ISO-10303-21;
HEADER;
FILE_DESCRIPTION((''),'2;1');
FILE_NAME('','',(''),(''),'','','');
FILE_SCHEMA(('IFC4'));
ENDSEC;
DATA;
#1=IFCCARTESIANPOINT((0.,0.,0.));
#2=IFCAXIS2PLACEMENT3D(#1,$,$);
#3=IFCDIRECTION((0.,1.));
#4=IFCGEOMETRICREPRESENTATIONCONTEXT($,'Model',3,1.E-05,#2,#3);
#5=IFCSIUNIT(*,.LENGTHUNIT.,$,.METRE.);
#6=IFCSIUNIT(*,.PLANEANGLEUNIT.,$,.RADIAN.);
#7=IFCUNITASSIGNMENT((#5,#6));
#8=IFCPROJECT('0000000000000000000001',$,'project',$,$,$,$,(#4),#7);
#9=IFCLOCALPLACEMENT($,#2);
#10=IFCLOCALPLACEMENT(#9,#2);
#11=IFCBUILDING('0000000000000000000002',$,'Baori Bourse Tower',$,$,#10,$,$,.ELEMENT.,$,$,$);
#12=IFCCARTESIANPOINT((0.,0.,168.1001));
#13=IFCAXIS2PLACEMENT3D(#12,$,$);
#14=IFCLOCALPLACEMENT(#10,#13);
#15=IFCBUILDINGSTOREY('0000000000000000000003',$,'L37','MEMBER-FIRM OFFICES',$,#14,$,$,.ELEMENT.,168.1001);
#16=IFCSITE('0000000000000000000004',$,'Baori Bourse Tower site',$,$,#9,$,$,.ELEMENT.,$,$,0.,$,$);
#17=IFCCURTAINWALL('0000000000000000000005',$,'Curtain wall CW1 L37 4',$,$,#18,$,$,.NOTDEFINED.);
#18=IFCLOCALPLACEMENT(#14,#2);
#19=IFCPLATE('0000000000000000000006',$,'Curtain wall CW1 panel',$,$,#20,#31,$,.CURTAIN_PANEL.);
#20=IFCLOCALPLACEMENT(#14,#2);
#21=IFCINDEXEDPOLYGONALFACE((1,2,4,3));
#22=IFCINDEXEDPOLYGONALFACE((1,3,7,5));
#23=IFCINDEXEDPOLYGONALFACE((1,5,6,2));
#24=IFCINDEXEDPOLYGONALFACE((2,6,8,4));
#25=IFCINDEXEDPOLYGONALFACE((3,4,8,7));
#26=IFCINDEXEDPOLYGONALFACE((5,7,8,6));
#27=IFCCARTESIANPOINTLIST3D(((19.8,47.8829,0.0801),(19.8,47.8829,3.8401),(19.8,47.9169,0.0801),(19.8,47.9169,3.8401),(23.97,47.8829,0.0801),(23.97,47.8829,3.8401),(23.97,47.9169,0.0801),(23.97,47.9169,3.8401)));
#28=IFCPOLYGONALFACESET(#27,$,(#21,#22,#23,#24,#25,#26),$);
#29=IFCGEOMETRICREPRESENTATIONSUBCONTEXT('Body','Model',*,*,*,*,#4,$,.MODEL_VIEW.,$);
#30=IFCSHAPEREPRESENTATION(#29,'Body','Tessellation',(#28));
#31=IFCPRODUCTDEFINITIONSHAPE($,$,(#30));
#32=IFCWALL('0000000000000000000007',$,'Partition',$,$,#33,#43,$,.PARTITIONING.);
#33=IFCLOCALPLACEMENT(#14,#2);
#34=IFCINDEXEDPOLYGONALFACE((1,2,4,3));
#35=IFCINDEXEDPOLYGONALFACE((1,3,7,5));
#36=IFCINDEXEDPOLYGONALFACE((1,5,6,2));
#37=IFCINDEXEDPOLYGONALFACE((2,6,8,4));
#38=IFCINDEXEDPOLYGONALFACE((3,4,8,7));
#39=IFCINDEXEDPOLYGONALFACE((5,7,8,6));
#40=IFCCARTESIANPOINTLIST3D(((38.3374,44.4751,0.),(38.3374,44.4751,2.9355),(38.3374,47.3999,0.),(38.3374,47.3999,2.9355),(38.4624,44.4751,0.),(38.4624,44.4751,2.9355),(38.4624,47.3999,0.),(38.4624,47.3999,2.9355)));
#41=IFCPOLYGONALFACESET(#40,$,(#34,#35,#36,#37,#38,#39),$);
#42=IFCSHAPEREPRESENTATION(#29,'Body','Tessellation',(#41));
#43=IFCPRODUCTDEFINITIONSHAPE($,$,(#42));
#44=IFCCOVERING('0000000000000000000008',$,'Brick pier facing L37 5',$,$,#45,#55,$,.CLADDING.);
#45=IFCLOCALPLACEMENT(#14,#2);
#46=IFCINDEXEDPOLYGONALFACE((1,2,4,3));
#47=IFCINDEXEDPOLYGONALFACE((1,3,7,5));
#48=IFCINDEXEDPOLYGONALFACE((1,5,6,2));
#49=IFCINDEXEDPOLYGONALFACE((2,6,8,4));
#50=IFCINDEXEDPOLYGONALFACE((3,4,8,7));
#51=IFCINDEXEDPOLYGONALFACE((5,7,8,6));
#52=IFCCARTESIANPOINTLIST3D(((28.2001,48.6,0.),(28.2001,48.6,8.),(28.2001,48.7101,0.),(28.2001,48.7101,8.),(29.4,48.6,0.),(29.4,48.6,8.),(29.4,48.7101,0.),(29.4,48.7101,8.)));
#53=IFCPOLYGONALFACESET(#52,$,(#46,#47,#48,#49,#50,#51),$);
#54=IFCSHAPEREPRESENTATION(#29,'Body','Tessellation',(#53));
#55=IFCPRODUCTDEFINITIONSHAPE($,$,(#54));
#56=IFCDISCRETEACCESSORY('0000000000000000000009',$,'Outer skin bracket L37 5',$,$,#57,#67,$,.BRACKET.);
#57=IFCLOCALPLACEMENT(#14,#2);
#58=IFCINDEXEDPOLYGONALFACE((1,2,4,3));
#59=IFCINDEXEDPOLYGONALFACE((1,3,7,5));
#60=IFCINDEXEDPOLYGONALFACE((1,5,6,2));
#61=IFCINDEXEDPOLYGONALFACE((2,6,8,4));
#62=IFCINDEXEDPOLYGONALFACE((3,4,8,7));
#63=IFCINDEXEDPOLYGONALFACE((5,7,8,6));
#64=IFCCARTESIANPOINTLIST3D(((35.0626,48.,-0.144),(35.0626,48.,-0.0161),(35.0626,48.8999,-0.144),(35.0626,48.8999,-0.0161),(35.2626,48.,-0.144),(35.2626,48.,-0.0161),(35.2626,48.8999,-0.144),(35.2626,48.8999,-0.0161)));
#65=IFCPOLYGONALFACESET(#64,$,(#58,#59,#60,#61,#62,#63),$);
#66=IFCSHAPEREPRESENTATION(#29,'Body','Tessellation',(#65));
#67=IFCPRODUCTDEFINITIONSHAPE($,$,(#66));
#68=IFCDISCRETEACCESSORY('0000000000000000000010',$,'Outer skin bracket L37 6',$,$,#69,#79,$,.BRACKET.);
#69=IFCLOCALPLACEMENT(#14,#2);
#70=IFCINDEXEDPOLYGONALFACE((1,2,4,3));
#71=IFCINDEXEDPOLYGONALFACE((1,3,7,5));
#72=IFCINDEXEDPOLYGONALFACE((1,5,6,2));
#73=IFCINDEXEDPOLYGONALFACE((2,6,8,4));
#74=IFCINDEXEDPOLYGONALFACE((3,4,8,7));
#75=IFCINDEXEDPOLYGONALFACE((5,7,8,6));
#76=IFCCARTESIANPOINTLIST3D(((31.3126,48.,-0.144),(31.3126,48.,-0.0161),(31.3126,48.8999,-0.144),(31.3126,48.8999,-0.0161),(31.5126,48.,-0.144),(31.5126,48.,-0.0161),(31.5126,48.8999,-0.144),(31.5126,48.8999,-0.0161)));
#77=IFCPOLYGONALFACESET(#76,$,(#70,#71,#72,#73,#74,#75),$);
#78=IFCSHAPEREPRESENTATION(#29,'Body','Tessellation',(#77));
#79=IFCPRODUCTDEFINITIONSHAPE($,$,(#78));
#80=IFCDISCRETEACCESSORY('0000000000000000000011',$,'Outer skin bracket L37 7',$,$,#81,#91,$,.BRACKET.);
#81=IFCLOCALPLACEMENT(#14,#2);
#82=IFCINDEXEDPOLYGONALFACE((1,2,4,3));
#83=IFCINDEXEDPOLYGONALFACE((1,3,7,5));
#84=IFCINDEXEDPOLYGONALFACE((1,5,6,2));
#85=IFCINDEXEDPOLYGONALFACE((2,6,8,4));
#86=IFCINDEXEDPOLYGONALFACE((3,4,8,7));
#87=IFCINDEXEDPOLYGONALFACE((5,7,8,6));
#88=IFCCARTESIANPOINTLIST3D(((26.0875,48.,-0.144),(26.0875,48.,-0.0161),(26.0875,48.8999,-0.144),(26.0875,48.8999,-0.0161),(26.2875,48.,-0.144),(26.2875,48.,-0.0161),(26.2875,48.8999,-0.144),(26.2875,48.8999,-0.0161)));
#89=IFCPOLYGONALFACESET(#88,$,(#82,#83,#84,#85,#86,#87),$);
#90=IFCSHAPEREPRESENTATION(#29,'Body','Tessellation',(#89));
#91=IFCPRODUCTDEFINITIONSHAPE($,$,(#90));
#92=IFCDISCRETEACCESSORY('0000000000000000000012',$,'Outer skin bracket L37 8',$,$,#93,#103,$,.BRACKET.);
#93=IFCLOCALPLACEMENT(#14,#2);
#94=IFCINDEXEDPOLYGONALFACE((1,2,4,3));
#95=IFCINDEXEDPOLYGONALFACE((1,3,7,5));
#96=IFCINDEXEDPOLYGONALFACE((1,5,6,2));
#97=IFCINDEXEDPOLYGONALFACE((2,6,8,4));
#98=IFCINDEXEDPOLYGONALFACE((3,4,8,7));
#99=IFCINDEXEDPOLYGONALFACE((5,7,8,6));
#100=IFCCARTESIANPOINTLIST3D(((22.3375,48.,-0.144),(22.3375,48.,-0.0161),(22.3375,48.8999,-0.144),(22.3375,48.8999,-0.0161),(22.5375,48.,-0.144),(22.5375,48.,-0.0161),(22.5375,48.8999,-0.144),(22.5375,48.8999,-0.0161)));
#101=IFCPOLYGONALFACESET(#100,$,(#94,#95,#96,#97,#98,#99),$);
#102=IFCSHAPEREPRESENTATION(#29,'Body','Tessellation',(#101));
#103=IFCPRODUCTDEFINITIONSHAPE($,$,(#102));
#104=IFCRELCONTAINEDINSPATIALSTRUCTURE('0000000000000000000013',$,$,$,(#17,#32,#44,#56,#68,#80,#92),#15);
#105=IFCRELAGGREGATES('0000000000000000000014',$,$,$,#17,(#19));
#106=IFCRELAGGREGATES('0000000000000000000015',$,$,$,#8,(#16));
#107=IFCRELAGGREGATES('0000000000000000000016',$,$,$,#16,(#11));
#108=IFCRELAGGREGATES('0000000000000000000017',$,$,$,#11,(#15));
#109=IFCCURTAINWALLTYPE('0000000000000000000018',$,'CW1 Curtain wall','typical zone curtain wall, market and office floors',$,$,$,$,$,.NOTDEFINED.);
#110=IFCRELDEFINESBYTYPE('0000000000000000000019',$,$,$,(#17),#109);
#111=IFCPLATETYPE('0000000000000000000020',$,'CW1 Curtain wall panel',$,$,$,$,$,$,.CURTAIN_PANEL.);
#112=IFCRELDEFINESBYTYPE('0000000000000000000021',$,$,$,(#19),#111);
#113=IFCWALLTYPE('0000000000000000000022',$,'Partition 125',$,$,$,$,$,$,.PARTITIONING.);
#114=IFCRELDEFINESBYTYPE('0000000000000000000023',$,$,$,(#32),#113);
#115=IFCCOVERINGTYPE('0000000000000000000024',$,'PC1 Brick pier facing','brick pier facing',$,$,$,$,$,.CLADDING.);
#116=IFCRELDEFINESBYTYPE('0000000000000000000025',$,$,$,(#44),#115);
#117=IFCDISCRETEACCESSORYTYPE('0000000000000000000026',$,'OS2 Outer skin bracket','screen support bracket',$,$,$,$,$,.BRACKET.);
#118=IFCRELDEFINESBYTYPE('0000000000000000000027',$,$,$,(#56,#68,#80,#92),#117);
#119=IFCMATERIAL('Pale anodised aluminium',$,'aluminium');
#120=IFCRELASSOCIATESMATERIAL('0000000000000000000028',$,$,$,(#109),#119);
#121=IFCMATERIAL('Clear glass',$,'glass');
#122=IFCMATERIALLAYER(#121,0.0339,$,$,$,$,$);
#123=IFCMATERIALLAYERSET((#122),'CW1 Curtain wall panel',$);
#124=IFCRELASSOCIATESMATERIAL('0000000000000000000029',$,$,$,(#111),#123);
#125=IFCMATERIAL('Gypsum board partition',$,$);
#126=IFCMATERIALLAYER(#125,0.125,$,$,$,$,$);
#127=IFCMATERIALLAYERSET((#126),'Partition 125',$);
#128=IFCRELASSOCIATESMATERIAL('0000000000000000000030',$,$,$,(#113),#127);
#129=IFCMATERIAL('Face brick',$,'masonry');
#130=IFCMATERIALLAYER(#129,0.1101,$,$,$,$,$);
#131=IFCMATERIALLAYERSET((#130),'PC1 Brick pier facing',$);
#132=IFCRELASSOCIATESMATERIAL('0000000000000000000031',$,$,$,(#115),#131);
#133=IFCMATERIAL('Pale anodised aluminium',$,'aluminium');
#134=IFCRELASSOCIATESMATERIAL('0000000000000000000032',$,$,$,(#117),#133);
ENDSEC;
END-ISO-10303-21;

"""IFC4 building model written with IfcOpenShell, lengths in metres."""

from ifc_helpers import new_model, si_unit, direction, frame, frame_2d, origin, origin_2d, place, context, subcontext, project, spatial, rectangle, extrude, material, layer, layer_set, type_object, element, aggregate, save


model = new_model("IFC4")

# Units and contexts
model_context = context("Model", 3, precision=1e-05, world=origin(), true_north=direction((0.0, 1.0)))
body_context = subcontext(model_context, "Body", "Model", "MODEL_VIEW")
ifc_project = project(units=[si_unit("LENGTHUNIT", "METRE"), si_unit("PLANEANGLEUNIT", "RADIAN")], contexts=[model_context])

# Site, building, storey
site_placement = place(None, origin())
site = spatial("IfcSite", under=ifc_project, at=site_placement, Name="Baori Bourse Tower site", CompositionType="ELEMENT", RefElevation=0.0)
building_placement = place(site_placement, origin())
building = spatial("IfcBuilding", under=site, at=building_placement, Name="Baori Bourse Tower", CompositionType="ELEMENT")
storey_placement = place(building_placement, frame((0.0, 0.0, 168.1001)))
storey = spatial("IfcBuildingStorey", under=building, at=storey_placement, Name="L37", Description="MEMBER-FIRM OFFICES", CompositionType="ELEMENT", Elevation=168.1001)

# Curtain wall
ifc_material_1 = material(Name="Pale anodised aluminium", Category="aluminium")
curtain_wall_type = type_object("IfcCurtainWallType", Name="CW1 Curtain wall", Description="typical zone curtain wall, market and office floors", PredefinedType="NOTDEFINED", material=ifc_material_1)
curtain_wall_placement = place(storey_placement, origin())
curtain_wall = element("IfcCurtainWall", 1, at=curtain_wall_placement, inside=storey, type_object=curtain_wall_type, Name="Curtain wall CW1 L37 4", PredefinedType="NOTDEFINED")

# Plate
ifc_material_2 = material(Name="Clear glass", Category="glass")
ifc_layer_1 = layer(ifc_material_2, 0.0339)
ifc_layer_set_1 = layer_set([ifc_layer_1], Name="CW1 Curtain wall panel")
plate_type = type_object("IfcPlateType", Name="CW1 Curtain wall panel", PredefinedType="CURTAIN_PANEL", material=ifc_layer_set_1)
plate_1_placement = place(storey_placement, frame((21.885, 47.8999, 0.0801), z_axis=(0.0, 0.0, 1.0), x_axis=(-1.0, 0.0, 0.0)))
plate_1 = element("IfcPlate", 2, at=plate_1_placement, type_object=plate_type, Name="Curtain wall CW1 panel", PredefinedType="CURTAIN_PANEL", context=body_context, shape_type="SweptSolid", body=[
    extrude(rectangle(XDim=4.1699, YDim=0.0339, at=origin_2d()), origin(), (0.0, 0.0, 1.0), 3.76),
])
aggregate(curtain_wall, [plate_1])

# Wall
ifc_material_3 = material(Name="Gypsum board partition")
ifc_layer_2 = layer(ifc_material_3, 0.125)
ifc_layer_set_2 = layer_set([ifc_layer_2], Name="Partition 125")
wall_type = type_object("IfcWallType", Name="Partition 125", PredefinedType="PARTITIONING", material=ifc_layer_set_2)
wall_placement = place(storey_placement, frame((38.3999, 44.4751, 0.0), z_axis=(0.0, 0.0, 1.0), x_axis=(0.0, 1.0, 0.0)))
element("IfcWall", 3, at=wall_placement, inside=storey, type_object=wall_type, Name="Partition", PredefinedType="PARTITIONING", context=body_context, shape_type="SweptSolid", body=[
    extrude(rectangle(XDim=2.9248, YDim=0.125, at=frame_2d((1.4624, 0.0))), origin(), (0.0, 0.0, 1.0), 2.9355),
])

# Covering
ifc_material_4 = material(Name="Face brick", Category="masonry")
ifc_layer_3 = layer(ifc_material_4, 0.1101)
ifc_layer_set_3 = layer_set([ifc_layer_3], Name="PC1 Brick pier facing")
covering_type = type_object("IfcCoveringType", Name="PC1 Brick pier facing", Description="brick pier facing", PredefinedType="CLADDING", material=ifc_layer_set_3)
covering_placement = place(storey_placement, frame((28.8, 48.655, 0.0), z_axis=(0.0, 0.0, 1.0), x_axis=(1.0, 0.0, 0.0)))
element("IfcCovering", 4, at=covering_placement, inside=storey, type_object=covering_type, Name="Brick pier facing L37 5", PredefinedType="CLADDING", context=body_context, shape_type="SweptSolid", body=[
    extrude(rectangle(XDim=1.2, YDim=0.1101, at=origin_2d()), origin(), (0.0, 0.0, 1.0), 8.0),
])

# Discrete accessories
ifc_material_5 = material(Name="Pale anodised aluminium", Category="aluminium")
discrete_accessory_type = type_object("IfcDiscreteAccessoryType", Name="OS2 Outer skin bracket", Description="screen support bracket", PredefinedType="BRACKET", material=ifc_material_5)
for number, where, z_axis, x_axis, name in (
    (5, (35.1626, 48.45, -0.144), (0.0, 0.0, 1.0), (-1.0, 0.0, 0.0), "Outer skin bracket L37 5"),
    (6, (31.4126, 48.45, -0.144), (0.0, 0.0, 1.0), (-1.0, 0.0, 0.0), "Outer skin bracket L37 6"),
    (7, (26.1875, 48.45, -0.144), (0.0, 0.0, 1.0), (-1.0, 0.0, 0.0), "Outer skin bracket L37 7"),
    (8, (22.4375, 48.45, -0.144), (0.0, 0.0, 1.0), (-1.0, 0.0, 0.0), "Outer skin bracket L37 8"),
):
    element("IfcDiscreteAccessory", number, at=place(storey_placement, frame(where, z_axis=z_axis, x_axis=x_axis)), inside=storey, type_object=discrete_accessory_type, Name=name, PredefinedType="BRACKET", context=body_context, shape_type="SweptSolid", body=[
        extrude(rectangle(XDim=0.2, YDim=0.8999, at=origin_2d()), origin(), (0.0, 0.0, 1.0), 0.1279),
    ])

save(model, "model.ifc")
